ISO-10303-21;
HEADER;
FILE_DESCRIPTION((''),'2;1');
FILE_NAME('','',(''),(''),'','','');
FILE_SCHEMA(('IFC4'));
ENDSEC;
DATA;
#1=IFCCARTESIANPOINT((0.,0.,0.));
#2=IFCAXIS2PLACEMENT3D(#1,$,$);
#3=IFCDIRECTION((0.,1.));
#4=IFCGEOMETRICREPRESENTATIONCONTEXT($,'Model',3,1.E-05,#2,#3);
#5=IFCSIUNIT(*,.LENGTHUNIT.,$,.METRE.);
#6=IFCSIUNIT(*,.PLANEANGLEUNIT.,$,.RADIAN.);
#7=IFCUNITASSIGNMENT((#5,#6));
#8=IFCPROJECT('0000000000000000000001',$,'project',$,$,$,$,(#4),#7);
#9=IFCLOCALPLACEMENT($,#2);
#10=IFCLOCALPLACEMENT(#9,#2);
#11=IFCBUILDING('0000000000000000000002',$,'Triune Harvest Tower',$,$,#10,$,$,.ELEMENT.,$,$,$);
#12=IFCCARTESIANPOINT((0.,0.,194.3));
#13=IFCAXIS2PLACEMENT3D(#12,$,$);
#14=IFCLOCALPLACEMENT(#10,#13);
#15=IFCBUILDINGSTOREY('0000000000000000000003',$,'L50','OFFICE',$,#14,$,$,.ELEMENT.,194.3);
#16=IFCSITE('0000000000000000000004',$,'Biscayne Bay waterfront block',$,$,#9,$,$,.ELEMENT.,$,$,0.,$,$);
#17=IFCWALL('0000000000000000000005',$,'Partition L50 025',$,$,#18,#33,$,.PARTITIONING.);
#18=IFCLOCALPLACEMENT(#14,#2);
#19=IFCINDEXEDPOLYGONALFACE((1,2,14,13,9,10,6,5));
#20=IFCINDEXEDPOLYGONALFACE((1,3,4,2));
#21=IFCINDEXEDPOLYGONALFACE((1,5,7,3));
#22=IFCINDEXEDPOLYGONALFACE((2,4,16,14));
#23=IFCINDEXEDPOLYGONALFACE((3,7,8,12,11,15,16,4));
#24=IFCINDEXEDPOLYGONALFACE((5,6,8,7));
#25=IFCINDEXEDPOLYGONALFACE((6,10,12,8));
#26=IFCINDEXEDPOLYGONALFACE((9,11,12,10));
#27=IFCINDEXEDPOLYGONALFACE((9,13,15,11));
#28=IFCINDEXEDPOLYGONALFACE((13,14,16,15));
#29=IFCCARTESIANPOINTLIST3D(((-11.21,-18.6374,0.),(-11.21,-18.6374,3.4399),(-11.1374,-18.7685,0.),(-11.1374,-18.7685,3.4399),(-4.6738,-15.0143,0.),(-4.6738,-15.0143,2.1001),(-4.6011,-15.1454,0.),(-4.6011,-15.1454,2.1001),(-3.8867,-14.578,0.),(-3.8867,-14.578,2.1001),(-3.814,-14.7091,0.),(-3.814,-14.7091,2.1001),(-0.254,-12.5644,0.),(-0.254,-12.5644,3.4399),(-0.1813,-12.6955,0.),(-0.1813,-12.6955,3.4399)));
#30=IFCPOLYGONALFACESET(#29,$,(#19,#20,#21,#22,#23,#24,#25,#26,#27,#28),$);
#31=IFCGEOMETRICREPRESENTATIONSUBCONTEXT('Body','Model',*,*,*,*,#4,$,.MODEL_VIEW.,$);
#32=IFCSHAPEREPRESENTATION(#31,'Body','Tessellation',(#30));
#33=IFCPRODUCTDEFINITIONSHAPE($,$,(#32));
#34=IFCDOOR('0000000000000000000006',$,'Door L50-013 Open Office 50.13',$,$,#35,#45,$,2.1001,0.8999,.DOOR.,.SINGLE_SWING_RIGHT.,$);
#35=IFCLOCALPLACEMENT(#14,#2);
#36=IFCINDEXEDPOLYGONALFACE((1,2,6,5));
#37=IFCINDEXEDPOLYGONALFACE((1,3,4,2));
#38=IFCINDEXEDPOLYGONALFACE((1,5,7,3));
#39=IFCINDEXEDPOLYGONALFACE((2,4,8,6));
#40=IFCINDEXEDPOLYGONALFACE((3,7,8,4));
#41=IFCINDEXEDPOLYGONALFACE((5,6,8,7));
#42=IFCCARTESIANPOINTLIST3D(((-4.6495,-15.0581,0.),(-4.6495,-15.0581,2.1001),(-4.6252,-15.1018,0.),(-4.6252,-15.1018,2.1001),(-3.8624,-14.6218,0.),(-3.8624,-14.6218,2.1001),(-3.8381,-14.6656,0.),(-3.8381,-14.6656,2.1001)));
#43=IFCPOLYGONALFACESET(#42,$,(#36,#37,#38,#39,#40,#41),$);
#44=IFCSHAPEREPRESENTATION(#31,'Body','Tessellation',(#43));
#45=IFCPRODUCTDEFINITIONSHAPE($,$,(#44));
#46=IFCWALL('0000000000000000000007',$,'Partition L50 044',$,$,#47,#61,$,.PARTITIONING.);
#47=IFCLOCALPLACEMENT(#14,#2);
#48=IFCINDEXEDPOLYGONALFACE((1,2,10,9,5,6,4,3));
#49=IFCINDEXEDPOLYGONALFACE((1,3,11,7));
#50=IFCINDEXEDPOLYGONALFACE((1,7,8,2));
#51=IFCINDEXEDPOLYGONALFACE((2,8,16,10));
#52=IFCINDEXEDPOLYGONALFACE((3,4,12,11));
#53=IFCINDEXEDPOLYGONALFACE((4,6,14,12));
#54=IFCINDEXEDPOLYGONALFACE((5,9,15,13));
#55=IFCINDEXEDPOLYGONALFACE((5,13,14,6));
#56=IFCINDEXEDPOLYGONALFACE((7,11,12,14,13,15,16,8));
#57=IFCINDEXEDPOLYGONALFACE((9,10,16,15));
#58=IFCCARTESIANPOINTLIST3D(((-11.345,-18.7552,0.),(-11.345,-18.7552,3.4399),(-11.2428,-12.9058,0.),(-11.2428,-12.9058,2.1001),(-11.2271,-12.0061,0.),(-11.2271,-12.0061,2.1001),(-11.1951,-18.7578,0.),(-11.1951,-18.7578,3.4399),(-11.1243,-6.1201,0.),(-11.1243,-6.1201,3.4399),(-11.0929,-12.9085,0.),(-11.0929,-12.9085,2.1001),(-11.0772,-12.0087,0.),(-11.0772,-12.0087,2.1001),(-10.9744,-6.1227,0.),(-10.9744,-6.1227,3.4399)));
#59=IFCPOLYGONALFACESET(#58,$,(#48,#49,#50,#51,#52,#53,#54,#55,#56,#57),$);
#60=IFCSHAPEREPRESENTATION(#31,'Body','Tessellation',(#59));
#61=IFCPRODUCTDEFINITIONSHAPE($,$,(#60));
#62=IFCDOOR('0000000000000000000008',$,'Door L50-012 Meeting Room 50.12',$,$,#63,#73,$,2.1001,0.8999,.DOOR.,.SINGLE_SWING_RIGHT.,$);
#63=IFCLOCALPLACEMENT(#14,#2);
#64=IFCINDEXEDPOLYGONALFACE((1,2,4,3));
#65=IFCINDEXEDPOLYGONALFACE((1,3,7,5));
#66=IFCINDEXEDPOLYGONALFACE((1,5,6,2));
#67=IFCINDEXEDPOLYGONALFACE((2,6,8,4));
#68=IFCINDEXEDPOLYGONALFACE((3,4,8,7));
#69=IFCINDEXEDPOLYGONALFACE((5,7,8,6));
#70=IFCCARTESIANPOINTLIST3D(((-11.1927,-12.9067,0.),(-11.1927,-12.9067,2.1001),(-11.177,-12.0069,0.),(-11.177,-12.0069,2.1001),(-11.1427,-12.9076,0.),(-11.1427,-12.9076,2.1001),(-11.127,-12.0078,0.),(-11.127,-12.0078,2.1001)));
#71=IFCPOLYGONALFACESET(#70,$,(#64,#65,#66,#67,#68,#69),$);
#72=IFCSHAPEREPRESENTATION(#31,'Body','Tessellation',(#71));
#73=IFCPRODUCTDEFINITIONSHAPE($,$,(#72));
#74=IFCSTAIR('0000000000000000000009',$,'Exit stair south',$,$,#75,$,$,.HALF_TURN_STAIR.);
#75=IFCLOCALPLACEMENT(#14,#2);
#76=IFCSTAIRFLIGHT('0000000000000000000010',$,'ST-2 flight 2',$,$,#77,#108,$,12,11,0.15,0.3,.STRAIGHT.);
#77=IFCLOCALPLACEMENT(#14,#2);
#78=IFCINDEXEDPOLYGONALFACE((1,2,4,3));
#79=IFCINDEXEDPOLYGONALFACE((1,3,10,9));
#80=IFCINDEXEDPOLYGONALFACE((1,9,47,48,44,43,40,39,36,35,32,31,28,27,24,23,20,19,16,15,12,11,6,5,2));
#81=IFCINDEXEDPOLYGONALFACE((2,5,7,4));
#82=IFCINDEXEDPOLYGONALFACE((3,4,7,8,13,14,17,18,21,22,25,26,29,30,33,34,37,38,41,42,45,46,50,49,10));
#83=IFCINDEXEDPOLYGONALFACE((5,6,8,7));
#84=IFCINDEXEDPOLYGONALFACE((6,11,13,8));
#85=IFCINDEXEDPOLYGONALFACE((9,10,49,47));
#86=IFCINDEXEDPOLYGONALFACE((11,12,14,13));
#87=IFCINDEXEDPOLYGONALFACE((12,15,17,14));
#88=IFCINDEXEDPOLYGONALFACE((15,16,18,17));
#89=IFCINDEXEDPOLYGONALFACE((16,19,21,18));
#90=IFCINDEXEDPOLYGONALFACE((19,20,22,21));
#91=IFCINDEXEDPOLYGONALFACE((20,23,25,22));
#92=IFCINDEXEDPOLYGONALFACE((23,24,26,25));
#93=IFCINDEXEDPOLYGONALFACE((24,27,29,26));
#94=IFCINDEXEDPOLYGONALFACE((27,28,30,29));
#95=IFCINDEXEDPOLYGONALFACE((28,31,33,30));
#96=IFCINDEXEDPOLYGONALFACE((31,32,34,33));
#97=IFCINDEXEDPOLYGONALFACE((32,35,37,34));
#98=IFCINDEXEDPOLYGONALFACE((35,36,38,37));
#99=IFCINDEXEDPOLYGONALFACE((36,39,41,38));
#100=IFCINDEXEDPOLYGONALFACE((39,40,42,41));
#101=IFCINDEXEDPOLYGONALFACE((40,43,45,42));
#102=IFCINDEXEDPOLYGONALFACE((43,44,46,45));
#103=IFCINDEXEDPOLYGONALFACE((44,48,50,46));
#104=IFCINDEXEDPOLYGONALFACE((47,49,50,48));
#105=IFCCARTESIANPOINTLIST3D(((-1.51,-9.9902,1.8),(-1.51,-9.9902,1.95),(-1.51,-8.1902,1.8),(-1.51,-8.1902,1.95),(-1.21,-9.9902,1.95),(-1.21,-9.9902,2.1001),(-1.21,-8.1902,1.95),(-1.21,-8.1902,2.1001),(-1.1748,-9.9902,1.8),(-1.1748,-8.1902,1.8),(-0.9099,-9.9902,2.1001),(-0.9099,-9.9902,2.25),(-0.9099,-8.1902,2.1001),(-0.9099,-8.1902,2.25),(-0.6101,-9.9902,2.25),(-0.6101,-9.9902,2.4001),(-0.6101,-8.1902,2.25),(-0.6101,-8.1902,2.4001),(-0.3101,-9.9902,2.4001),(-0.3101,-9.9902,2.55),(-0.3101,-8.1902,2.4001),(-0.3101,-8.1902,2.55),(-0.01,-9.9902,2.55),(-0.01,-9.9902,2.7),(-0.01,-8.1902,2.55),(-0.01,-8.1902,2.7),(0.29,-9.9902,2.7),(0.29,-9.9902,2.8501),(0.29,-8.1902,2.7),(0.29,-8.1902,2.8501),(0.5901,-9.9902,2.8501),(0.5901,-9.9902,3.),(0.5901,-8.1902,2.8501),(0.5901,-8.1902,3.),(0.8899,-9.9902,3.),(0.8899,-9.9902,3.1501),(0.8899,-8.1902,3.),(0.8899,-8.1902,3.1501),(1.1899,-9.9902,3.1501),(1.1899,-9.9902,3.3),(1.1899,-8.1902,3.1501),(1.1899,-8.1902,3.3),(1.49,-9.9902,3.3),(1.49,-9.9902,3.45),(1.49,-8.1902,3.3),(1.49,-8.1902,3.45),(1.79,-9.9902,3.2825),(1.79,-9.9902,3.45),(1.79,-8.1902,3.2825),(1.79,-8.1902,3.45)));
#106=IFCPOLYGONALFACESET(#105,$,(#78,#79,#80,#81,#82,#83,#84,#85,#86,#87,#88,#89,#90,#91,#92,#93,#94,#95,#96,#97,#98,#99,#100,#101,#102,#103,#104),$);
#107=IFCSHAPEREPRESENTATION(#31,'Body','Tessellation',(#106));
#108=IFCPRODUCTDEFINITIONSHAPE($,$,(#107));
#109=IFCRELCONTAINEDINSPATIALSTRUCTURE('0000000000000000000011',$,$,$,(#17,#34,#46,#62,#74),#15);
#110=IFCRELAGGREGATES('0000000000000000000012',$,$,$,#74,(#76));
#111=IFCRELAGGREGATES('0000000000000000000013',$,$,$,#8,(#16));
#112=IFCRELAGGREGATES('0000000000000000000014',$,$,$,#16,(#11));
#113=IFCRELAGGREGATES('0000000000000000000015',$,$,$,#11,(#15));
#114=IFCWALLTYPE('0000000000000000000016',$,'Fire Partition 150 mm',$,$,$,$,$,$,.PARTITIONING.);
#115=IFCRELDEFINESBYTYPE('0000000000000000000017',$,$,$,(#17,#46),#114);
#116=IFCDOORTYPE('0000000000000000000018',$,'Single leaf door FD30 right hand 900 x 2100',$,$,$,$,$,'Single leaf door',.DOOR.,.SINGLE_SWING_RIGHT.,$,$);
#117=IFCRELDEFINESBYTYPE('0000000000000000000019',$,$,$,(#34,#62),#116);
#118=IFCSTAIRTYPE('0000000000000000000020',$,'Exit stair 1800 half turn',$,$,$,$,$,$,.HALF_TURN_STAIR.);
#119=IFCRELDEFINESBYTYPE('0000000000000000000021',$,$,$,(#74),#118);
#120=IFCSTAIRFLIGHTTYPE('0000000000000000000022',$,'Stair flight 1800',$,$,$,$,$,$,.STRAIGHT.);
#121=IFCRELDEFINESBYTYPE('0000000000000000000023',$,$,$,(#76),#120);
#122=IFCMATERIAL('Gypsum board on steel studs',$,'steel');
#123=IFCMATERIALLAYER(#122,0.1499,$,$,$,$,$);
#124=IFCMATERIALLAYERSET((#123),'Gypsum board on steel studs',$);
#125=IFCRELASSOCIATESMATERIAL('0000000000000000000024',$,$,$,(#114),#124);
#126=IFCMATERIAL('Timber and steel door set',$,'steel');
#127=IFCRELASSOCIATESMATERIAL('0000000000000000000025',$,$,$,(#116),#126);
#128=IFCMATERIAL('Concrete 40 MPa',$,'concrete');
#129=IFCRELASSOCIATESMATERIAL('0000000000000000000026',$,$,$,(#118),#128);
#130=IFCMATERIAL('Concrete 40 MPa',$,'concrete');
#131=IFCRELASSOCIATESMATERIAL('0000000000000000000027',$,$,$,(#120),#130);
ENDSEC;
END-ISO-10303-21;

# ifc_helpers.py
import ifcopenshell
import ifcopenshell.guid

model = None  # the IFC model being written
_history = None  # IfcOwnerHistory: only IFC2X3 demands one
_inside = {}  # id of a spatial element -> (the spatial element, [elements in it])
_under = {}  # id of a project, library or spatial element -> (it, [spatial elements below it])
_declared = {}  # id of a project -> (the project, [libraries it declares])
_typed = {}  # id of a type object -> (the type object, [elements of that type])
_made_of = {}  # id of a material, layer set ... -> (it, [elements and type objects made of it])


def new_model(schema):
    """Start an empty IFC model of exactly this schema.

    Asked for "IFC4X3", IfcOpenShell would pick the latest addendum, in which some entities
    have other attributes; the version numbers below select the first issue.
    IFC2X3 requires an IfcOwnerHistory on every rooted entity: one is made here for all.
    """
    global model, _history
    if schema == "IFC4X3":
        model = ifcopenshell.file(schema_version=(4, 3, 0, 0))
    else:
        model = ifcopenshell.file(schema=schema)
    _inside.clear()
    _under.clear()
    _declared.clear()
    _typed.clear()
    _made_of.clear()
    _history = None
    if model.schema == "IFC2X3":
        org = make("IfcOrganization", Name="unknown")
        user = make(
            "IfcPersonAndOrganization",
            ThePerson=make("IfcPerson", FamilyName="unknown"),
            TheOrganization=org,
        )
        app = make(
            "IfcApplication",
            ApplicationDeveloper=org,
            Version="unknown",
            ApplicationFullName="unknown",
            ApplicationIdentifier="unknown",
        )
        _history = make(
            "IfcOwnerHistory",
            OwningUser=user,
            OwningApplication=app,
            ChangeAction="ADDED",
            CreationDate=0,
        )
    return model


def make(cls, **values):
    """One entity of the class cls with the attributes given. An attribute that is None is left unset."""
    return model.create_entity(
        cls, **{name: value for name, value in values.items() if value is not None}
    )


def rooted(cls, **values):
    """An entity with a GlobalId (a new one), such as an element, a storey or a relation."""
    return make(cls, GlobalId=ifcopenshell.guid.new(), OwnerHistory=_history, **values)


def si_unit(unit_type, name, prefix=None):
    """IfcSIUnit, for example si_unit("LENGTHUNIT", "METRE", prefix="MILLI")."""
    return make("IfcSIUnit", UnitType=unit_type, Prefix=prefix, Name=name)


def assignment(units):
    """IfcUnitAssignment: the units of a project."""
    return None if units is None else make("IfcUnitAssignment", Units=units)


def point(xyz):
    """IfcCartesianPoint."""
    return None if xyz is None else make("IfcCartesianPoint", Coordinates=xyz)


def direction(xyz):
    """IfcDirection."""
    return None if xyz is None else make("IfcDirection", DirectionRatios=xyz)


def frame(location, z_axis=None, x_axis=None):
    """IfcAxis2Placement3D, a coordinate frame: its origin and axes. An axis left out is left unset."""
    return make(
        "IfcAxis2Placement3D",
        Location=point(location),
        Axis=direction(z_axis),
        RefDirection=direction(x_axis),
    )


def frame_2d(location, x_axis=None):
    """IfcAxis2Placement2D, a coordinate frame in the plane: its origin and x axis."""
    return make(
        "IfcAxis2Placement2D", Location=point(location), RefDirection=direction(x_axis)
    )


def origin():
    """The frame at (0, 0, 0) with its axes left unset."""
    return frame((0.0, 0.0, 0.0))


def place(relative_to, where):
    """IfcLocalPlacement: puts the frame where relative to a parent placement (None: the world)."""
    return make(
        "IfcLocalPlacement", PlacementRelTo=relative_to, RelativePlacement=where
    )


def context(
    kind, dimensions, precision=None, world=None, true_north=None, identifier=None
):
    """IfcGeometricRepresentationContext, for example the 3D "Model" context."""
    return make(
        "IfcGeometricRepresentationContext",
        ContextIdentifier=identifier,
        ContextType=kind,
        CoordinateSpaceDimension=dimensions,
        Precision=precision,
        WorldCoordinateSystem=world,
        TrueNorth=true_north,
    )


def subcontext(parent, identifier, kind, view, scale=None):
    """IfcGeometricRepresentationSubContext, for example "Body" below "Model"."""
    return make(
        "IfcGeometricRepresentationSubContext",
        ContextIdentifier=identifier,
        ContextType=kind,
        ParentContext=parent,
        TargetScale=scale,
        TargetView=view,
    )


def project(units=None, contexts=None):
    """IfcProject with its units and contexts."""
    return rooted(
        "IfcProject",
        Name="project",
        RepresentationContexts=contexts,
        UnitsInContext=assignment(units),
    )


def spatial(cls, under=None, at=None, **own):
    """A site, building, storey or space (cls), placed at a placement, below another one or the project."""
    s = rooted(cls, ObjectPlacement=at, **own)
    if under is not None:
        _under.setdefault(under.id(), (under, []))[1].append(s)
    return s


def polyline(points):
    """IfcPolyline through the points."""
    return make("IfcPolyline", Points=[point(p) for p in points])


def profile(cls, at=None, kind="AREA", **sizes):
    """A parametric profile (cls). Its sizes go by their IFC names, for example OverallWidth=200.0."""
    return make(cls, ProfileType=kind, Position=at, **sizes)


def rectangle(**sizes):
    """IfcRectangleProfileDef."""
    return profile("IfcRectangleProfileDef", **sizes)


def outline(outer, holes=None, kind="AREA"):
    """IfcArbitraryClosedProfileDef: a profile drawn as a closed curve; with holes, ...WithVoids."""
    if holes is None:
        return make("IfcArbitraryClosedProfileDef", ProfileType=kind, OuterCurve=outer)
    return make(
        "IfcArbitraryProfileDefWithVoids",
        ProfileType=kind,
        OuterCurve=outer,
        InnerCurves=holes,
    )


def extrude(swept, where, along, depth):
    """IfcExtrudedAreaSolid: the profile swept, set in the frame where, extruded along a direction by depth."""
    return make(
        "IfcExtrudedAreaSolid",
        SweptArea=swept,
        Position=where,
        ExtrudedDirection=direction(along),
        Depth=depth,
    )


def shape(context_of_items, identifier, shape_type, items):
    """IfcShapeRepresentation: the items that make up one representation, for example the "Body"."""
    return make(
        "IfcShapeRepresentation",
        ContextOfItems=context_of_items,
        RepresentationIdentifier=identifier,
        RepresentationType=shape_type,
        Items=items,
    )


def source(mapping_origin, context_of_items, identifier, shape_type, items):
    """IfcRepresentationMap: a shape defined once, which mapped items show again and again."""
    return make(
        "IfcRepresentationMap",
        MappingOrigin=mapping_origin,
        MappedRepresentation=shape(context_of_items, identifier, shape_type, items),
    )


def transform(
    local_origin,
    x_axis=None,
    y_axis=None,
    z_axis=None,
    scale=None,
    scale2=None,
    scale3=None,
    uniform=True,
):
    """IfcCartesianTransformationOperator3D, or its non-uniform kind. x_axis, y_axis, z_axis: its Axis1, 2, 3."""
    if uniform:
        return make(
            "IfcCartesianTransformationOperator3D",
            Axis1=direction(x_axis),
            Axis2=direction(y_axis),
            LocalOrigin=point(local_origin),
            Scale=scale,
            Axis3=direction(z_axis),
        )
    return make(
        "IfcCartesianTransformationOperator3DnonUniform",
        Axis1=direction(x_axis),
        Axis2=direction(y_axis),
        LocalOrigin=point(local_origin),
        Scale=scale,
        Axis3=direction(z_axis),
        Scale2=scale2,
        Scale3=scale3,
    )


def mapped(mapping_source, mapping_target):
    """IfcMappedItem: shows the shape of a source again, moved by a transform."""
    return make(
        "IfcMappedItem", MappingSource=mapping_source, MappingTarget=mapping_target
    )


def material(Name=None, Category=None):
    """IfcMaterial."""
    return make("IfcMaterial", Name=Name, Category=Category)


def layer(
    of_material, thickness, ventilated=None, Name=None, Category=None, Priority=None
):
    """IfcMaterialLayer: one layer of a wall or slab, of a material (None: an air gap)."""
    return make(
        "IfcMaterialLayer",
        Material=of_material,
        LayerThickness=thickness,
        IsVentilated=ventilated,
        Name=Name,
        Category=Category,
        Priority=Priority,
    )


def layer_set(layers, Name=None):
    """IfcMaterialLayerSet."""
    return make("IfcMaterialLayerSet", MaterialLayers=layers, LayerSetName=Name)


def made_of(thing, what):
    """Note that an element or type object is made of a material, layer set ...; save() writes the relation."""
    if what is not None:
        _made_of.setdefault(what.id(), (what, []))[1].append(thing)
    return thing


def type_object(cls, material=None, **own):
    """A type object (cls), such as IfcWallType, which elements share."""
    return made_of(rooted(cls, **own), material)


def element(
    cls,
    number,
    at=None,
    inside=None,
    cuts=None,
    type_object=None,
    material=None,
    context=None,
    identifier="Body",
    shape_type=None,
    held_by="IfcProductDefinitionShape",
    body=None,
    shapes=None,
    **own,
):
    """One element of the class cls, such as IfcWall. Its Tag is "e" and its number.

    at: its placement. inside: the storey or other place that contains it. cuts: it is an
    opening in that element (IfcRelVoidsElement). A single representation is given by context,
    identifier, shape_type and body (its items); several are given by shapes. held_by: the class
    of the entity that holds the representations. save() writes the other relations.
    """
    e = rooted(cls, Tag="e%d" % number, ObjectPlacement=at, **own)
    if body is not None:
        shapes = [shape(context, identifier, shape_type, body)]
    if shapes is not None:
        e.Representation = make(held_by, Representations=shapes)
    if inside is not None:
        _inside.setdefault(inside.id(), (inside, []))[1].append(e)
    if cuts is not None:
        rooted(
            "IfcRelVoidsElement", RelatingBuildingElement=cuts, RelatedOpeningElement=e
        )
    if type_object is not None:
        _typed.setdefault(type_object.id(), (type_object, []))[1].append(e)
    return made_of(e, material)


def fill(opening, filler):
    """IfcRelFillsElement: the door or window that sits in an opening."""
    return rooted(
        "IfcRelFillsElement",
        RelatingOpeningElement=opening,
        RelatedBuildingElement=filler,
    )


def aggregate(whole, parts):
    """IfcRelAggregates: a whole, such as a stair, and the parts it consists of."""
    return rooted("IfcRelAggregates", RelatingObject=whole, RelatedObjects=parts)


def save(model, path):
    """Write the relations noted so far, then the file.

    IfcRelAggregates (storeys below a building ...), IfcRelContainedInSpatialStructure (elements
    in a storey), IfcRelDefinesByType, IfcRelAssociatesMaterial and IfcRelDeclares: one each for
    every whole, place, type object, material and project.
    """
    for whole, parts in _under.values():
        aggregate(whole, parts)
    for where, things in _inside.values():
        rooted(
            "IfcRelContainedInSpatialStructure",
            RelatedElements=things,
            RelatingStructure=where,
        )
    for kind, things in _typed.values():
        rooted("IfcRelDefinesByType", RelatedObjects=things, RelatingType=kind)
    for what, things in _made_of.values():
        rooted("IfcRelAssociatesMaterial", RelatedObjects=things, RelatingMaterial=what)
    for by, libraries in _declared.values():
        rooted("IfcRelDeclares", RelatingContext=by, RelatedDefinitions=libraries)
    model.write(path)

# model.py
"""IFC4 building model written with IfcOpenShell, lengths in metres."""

from ifc_helpers import new_model, si_unit, direction, frame, frame_2d, origin, place, context, subcontext, project, spatial, polyline, rectangle, outline, extrude, source, transform, mapped, material, layer, layer_set, type_object, element, fill, aggregate, save


model = new_model("IFC4")

# Units and contexts
model_context = context("Model", 3, precision=1e-05, world=origin(), true_north=direction((0.0, 1.0)))
body_context = subcontext(model_context, "Body", "Model", "MODEL_VIEW")
ifc_project = project(units=[si_unit("LENGTHUNIT", "METRE"), si_unit("PLANEANGLEUNIT", "RADIAN")], contexts=[model_context])

# Site, building, storey
site_placement = place(None, origin())
site = spatial("IfcSite", under=ifc_project, at=site_placement, Name="Biscayne Bay waterfront block", CompositionType="ELEMENT", RefElevation=0.0)
building_placement = place(site_placement, origin())
building = spatial("IfcBuilding", under=site, at=building_placement, Name="Triune Harvest Tower", CompositionType="ELEMENT")
storey_placement = place(building_placement, frame((0.0, 0.0, 194.3)))
storey = spatial("IfcBuildingStorey", under=building, at=storey_placement, Name="L50", Description="OFFICE", CompositionType="ELEMENT", Elevation=194.3)

# Shared definitions
ifc_material_1 = material(Name="Gypsum board on steel studs", Category="steel")
ifc_layer_1 = layer(ifc_material_1, 0.1499)
ifc_layer_set_1 = layer_set([ifc_layer_1], Name="Gypsum board on steel studs")
wall_type_1 = type_object("IfcWallType", Name="Fire Partition 150 mm", PredefinedType="PARTITIONING", material=ifc_layer_set_1)

# Walls, openings, doors
shared_shape_1 = source(origin(), body_context, "Body", "SweptSolid", [
    extrude(rectangle(XDim=12.5266, YDim=0.1499, at=frame_2d((6.2632, 0.0))), origin(), (0.0, 0.0, 1.0), 3.4399),
])
wall_1_placement = place(storey_placement, frame((-11.1736, -18.7029, 0.0), z_axis=(0.0, 0.0, 1.0), x_axis=(0.874621, 0.484807, 0.0)))
wall_1 = element("IfcWall", 1, at=wall_1_placement, inside=storey, type_object=wall_type_1, Name="Partition L50 025", PredefinedType="PARTITIONING", context=body_context, shape_type="MappedRepresentation", body=[
    mapped(shared_shape_1, transform((0.0, 0.0, 0.0), scale=1.0)),
])
opening_1_placement = place(wall_1_placement, frame((7.4731, 0.0, 0.0)))
opening_1 = element("IfcOpeningElement", 2, at=opening_1_placement, cuts=wall_1, PredefinedType="OPENING", context=body_context, shape_type="SweptSolid", body=[
    extrude(rectangle(XDim=0.8999, YDim=2.1001, at=frame_2d((0.45, 1.05))), frame((0.0, 0.085, 0.0), z_axis=(0.0, -1.0, 0.0), x_axis=(1.0, 0.0, 0.0)), (0.0, 0.0, 1.0), 0.1699),
])
ifc_material_2 = material(Name="Timber and steel door set", Category="steel")
door_type_1 = type_object("IfcDoorType", Name="Single leaf door FD30 right hand 900 x 2100", ElementType="Single leaf door", OperationType="SINGLE_SWING_RIGHT", PredefinedType="DOOR", material=ifc_material_2)
door_1_placement = place(opening_1_placement, origin())
door_1 = element("IfcDoor", 3, at=door_1_placement, inside=storey, type_object=door_type_1, Name="Door L50-013 Open Office 50.13", OperationType="SINGLE_SWING_RIGHT", OverallHeight=2.1001, OverallWidth=0.8999, PredefinedType="DOOR", context=body_context, shape_type="SweptSolid", body=[
    extrude(rectangle(XDim=0.8999, YDim=2.1001, at=frame_2d((0.45, 1.05))), frame((0.0, 0.0249, 0.0), z_axis=(0.0, -1.0, 0.0), x_axis=(1.0, 0.0, 0.0)), (0.0, 0.0, 1.0), 0.05),
])
fill(opening_1, door_1)
shared_shape_2 = source(origin(), body_context, "Body", "SweptSolid", [
    extrude(rectangle(XDim=12.637, YDim=0.1499, at=frame_2d((6.3184, 0.0))), origin(), (0.0, 0.0, 1.0), 3.4399),
])
wall_2_placement = place(storey_placement, frame((-11.27, -18.7563, 0.0), z_axis=(0.0, 0.0, 1.0), x_axis=(0.017465, 0.999847, 0.0)))
wall_2 = element("IfcWall", 4, at=wall_2_placement, inside=storey, type_object=wall_type_1, Name="Partition L50 044", PredefinedType="PARTITIONING", context=body_context, shape_type="MappedRepresentation", body=[
    mapped(shared_shape_2, transform((0.0, 0.0, 0.0), scale=1.0)),
])
opening_2_placement = place(wall_2_placement, frame((5.8501, 0.0, 0.0)))
opening_2 = element("IfcOpeningElement", 5, at=opening_2_placement, cuts=wall_2, PredefinedType="OPENING", context=body_context, shape_type="SweptSolid", body=[
    extrude(rectangle(XDim=0.8999, YDim=2.1001, at=frame_2d((0.45, 1.05))), frame((0.0, 0.085, 0.0), z_axis=(0.0, -1.0, 0.0), x_axis=(1.0, 0.0, 0.0)), (0.0, 0.0, 1.0), 0.1699),
])
door_2_placement = place(opening_2_placement, origin())
door_2 = element("IfcDoor", 6, at=door_2_placement, inside=storey, type_object=door_type_1, Name="Door L50-012 Meeting Room 50.12", OperationType="SINGLE_SWING_RIGHT", OverallHeight=2.1001, OverallWidth=0.8999, PredefinedType="DOOR", context=body_context, shape_type="SweptSolid", body=[
    extrude(rectangle(XDim=0.8999, YDim=2.1001, at=frame_2d((0.45, 1.05))), frame((0.0, 0.0249, 0.0), z_axis=(0.0, -1.0, 0.0), x_axis=(1.0, 0.0, 0.0)), (0.0, 0.0, 1.0), 0.05),
])
fill(opening_2, door_2)

# Stair, stair flight
ifc_material_3 = material(Name="Concrete 40 MPa", Category="concrete")
stair_type = type_object("IfcStairType", Name="Exit stair 1800 half turn", PredefinedType="HALF_TURN_STAIR", material=ifc_material_3)
stair_placement = place(storey_placement, origin())
stair = element("IfcStair", 7, at=stair_placement, inside=storey, type_object=stair_type, Name="Exit stair south", PredefinedType="HALF_TURN_STAIR")
ifc_material_4 = material(Name="Concrete 40 MPa", Category="concrete")
stair_flight_type = type_object("IfcStairFlightType", Name="Stair flight 1800", PredefinedType="STRAIGHT", material=ifc_material_4)
shared_shape_3 = source(origin(), body_context, "Body", "SweptSolid", [
    extrude(outline(polyline([(0.0, 0.0), (0.0, 0.1499), (0.3, 0.1499), (0.3, 0.3), (0.6001, 0.3), (0.6001, 0.45), (0.8999, 0.45), (0.8999, 0.6001), (1.2, 0.6001), (1.2, 0.75), (1.5, 0.75), (1.5, 0.8999), (1.8, 0.8999), (1.8, 1.05), (2.1001, 1.05), (2.1001, 1.2), (2.3999, 1.2), (2.3999, 1.3501), (2.7, 1.3501), (2.7, 1.5), (3.0, 1.5), (3.0, 1.6499), (3.3, 1.6499), (3.3, 1.8), (3.3, 1.4824), (0.3352, 0.0), (0.0, 0.0)])), frame((0.0, 0.8999, 0.0), z_axis=(0.0, -1.0, 0.0), x_axis=(1.0, 0.0, 0.0)), (0.0, 0.0, 1.0), 1.8),
])
stair_flight_placement = place(storey_placement, frame((-1.51, -9.0901, 1.8), z_axis=(0.0, 0.0, 1.0), x_axis=(1.0, 0.0, 0.0)))
stair_flight = element("IfcStairFlight", 8, at=stair_flight_placement, type_object=stair_flight_type, Name="ST-2 flight 2", NumberOfRisers=12, NumberOfTreads=11, PredefinedType="STRAIGHT", RiserHeight=0.15, TreadLength=0.3, context=body_context, shape_type="MappedRepresentation", body=[
    mapped(shared_shape_3, transform((0.0, 0.0, 0.0), scale=1.0)),
])
aggregate(stair, [stair_flight])

save(model, "model.ifc")
